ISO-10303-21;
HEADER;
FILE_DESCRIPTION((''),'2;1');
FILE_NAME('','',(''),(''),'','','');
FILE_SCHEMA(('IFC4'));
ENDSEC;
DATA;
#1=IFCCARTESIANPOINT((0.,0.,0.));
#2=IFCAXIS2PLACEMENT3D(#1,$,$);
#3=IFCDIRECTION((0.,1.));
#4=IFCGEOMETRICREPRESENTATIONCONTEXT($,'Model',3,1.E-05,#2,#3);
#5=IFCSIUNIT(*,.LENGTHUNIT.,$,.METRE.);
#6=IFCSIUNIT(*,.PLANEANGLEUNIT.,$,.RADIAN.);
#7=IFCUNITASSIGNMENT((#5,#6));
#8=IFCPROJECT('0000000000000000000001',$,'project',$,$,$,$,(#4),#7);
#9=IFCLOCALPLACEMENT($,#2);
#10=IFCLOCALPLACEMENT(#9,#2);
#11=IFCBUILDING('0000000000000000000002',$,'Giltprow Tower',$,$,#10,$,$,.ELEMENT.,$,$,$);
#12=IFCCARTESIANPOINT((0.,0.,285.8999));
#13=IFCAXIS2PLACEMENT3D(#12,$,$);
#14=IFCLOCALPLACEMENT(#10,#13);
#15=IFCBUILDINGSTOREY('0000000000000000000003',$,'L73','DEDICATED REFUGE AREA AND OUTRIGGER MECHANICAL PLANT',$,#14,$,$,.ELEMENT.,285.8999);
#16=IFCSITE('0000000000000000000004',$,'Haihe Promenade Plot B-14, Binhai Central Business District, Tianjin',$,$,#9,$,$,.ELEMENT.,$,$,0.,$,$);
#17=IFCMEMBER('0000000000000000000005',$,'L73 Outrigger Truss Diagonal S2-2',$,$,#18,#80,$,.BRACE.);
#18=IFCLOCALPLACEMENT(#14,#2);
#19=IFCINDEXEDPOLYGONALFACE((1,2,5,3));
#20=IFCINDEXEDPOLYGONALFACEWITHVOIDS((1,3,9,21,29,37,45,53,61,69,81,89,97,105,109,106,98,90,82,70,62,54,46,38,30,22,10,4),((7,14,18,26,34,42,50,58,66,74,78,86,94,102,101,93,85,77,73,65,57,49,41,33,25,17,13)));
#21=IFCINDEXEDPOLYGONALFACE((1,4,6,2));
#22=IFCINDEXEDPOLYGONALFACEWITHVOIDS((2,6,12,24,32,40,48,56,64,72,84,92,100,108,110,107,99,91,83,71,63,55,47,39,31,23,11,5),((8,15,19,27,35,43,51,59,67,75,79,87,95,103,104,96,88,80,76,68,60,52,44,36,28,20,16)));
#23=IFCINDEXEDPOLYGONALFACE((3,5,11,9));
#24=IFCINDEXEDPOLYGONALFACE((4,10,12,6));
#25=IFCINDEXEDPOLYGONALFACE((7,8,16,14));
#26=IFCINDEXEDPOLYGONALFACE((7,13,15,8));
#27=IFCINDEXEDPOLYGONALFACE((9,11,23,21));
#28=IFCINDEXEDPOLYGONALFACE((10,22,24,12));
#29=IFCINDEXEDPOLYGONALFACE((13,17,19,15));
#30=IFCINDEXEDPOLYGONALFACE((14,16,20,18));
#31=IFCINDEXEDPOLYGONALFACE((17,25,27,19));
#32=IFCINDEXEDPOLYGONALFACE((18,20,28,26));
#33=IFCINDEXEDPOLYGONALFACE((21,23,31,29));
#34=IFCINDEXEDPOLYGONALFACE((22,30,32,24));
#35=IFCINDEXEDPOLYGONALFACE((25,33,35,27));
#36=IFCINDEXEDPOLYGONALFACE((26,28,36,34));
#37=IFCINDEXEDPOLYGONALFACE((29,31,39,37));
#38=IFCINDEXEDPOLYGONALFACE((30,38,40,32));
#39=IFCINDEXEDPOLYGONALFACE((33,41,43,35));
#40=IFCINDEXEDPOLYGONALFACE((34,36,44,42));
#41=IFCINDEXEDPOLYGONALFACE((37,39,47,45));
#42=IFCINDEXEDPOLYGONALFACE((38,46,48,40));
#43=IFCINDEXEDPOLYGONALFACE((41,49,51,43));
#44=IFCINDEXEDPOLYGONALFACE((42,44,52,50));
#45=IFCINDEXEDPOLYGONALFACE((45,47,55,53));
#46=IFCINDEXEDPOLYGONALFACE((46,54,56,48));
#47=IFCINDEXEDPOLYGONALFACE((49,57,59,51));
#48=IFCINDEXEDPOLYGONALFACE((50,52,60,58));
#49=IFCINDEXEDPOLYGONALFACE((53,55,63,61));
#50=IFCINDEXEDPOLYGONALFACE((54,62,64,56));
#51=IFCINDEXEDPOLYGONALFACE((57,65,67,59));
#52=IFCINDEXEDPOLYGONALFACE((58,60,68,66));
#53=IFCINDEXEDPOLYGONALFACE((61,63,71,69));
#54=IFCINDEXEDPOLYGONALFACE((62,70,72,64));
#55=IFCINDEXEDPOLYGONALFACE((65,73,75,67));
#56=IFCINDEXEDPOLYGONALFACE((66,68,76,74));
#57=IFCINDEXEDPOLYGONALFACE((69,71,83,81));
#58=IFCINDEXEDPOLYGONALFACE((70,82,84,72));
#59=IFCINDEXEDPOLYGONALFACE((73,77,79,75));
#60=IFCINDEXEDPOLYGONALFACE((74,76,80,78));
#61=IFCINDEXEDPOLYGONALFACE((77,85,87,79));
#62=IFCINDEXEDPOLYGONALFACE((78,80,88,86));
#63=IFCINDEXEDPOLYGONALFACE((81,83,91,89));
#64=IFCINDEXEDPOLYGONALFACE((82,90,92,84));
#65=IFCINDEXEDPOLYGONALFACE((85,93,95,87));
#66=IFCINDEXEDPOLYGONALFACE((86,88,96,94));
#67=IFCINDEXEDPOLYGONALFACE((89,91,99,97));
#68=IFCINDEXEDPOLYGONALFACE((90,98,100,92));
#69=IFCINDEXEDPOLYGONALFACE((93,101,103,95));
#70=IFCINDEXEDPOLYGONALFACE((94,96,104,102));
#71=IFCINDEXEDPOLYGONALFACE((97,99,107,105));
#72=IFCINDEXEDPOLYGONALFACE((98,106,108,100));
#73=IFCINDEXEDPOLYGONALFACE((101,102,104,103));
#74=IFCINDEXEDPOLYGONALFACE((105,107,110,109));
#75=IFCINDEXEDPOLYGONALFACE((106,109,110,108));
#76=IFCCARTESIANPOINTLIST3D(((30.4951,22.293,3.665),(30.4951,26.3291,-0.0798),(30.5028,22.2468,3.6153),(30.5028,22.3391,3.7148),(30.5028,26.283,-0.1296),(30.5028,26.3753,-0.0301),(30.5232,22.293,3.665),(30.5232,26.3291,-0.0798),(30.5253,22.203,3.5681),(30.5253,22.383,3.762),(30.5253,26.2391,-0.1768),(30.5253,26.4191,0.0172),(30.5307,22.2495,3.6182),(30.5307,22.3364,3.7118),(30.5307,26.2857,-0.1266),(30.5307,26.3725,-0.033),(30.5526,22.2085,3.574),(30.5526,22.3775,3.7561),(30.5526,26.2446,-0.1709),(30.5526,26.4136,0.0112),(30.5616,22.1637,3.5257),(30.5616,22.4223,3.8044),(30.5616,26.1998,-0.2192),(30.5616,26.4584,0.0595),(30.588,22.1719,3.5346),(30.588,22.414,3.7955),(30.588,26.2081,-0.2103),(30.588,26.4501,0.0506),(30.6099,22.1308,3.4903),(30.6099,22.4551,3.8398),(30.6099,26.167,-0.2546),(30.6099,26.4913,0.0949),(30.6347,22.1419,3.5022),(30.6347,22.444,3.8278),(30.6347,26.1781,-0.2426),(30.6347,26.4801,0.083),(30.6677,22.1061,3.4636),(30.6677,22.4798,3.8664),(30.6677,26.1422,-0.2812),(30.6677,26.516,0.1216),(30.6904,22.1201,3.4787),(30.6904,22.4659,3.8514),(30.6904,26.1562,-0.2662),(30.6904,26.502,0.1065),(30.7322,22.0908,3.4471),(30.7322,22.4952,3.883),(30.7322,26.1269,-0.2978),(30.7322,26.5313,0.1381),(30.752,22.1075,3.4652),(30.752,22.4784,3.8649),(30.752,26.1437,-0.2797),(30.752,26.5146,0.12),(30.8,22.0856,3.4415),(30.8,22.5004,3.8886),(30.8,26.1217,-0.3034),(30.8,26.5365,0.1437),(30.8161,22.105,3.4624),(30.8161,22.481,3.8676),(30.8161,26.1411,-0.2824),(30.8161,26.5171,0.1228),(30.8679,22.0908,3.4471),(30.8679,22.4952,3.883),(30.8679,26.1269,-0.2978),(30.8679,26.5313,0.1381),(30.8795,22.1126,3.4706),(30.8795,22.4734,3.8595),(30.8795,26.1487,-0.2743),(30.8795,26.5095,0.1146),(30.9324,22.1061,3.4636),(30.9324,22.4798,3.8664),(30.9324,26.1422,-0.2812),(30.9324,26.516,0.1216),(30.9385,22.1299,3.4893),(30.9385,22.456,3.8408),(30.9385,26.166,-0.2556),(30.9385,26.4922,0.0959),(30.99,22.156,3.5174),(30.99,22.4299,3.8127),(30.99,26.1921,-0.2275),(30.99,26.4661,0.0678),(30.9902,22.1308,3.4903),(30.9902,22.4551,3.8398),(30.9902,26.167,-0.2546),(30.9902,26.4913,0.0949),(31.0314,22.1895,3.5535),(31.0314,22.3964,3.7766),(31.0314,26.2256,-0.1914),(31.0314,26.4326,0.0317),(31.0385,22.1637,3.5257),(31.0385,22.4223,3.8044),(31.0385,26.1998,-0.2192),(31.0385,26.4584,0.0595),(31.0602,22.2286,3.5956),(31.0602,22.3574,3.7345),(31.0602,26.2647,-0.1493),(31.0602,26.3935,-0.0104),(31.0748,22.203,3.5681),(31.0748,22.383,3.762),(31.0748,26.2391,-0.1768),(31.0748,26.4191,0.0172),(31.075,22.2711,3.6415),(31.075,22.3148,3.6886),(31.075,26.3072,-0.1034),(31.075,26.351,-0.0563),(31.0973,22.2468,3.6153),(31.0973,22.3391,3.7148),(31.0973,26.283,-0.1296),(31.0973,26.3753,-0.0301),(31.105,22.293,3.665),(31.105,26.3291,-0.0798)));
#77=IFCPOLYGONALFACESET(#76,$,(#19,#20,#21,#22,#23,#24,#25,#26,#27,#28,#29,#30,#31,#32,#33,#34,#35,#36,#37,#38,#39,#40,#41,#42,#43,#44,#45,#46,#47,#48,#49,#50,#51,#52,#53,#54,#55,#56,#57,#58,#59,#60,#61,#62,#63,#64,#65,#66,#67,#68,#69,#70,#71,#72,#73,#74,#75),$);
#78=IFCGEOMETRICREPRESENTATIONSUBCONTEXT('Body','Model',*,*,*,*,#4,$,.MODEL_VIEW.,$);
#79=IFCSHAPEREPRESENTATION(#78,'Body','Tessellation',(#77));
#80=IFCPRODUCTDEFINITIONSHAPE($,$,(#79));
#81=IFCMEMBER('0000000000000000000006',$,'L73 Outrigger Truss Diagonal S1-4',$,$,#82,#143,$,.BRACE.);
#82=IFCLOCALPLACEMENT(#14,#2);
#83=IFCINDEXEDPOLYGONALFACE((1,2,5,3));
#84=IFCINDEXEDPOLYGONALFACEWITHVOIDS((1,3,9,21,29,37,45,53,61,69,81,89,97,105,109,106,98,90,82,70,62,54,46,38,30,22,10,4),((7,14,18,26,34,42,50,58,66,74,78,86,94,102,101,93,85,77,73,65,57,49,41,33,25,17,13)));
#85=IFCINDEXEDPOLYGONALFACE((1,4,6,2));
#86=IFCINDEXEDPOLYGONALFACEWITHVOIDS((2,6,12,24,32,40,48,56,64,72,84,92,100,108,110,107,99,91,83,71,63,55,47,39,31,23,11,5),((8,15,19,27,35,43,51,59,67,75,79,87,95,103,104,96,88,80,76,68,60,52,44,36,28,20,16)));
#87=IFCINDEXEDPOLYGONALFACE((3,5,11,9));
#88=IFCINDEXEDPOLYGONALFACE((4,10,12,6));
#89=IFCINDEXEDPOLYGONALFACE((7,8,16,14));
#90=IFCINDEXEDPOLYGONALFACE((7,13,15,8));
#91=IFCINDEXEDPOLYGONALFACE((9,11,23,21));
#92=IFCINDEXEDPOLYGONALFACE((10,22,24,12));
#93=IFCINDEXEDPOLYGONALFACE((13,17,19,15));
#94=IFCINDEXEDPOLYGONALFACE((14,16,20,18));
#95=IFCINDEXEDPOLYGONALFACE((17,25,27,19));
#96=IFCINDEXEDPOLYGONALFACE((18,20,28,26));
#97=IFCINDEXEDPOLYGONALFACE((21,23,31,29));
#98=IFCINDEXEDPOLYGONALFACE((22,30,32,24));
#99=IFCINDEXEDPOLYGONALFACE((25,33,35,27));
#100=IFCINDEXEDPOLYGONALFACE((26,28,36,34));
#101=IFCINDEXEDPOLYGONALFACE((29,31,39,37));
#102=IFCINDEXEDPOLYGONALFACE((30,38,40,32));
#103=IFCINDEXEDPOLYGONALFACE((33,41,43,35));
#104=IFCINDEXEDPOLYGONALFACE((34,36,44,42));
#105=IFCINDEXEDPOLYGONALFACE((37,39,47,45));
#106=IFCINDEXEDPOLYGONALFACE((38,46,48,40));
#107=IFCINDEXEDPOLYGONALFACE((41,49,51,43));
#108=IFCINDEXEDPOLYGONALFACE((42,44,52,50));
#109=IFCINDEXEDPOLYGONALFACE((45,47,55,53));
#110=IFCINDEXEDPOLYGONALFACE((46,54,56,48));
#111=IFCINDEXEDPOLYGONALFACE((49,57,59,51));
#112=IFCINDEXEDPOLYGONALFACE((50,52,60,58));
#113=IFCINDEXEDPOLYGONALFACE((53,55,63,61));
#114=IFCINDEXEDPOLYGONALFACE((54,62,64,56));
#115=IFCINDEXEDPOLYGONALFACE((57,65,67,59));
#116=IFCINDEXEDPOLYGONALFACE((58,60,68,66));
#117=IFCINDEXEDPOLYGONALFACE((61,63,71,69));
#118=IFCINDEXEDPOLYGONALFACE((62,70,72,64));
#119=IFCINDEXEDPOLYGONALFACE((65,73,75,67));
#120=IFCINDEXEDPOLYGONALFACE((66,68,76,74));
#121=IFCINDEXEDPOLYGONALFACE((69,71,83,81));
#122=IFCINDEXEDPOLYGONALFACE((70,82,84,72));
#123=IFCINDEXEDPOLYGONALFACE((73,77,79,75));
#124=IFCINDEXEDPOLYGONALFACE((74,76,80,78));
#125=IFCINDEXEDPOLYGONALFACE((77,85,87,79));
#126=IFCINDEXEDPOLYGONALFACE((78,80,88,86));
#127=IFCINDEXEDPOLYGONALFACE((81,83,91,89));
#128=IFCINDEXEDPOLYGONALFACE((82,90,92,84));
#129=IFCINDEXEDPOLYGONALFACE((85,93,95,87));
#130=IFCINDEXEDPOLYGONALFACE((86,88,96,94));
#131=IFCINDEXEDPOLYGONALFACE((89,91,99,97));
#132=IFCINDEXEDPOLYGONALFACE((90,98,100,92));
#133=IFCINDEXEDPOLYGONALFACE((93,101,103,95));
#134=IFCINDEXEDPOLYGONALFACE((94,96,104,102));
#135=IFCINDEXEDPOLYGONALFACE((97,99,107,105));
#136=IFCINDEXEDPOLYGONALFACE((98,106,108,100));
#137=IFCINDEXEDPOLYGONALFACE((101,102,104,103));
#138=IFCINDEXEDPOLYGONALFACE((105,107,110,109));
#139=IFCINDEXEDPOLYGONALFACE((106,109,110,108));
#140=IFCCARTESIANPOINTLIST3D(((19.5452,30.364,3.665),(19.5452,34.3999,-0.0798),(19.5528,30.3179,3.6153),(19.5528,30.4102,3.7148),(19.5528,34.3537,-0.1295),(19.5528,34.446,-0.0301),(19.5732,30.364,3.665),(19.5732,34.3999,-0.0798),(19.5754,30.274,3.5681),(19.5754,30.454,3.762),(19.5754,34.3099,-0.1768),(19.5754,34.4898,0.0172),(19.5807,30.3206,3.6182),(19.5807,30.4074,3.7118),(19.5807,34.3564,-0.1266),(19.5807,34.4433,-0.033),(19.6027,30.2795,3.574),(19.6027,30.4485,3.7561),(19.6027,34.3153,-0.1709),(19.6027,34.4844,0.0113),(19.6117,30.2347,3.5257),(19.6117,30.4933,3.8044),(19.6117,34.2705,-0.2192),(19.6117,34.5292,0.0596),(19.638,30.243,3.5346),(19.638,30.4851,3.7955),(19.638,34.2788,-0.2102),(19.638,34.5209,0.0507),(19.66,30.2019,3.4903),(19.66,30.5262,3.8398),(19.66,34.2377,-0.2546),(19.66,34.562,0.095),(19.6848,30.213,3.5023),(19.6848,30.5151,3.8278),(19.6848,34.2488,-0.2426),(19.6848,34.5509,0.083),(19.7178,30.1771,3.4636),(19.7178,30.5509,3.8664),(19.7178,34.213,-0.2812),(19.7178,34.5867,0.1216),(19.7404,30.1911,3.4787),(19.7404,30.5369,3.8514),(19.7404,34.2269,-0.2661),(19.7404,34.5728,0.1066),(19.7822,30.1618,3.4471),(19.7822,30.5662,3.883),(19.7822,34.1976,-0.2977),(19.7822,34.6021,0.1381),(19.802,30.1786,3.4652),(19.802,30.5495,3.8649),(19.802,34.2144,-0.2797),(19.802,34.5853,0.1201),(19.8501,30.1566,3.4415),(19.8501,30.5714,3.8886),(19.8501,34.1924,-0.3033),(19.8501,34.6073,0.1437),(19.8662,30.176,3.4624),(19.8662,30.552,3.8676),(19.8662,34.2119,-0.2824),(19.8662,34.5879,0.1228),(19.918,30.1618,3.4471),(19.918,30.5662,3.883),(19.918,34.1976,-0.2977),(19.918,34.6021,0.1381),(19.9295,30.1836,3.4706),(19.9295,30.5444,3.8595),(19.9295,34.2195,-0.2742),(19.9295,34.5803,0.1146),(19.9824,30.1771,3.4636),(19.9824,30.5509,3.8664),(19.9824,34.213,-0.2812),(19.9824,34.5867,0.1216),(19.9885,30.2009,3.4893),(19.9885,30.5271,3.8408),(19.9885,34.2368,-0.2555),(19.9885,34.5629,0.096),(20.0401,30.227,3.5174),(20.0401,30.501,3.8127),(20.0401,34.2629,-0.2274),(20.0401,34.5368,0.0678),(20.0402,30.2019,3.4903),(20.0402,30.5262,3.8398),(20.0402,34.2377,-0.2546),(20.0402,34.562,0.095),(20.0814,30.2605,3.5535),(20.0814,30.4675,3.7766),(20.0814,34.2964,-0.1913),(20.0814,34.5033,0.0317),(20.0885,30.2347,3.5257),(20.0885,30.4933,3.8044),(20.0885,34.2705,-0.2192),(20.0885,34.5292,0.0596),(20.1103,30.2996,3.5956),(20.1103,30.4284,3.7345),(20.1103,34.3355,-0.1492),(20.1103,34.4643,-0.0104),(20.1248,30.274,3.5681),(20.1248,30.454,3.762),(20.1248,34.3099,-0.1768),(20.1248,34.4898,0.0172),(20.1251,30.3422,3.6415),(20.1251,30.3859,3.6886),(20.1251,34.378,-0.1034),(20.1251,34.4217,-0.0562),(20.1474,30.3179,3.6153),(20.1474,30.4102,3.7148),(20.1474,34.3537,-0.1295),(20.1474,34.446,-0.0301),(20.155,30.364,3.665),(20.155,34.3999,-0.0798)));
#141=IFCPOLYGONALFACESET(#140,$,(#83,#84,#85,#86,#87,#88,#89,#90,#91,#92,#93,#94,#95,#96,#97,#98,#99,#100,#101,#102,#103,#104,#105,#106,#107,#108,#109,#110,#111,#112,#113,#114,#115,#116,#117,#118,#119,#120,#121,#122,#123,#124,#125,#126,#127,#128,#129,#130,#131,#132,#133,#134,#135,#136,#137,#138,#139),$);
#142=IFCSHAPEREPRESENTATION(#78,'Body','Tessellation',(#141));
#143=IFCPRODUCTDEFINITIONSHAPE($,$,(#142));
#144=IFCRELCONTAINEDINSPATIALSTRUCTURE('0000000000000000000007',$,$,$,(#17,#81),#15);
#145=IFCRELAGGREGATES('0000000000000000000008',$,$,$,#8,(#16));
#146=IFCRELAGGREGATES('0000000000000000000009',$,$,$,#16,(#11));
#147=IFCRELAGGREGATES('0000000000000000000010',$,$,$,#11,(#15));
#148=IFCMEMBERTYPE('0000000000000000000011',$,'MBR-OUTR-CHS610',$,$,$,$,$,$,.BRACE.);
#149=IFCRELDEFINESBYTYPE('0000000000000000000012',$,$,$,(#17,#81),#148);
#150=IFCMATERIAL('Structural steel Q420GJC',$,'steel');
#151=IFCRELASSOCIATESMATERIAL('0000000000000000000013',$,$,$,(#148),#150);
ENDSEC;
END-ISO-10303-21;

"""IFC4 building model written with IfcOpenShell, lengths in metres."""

from ifc_helpers import new_model, si_unit, direction, frame, origin, origin_2d, place, context, subcontext, project, spatial, hollow_circle, extrude, source, transform, mapped, material, material_profile, profile_set, type_object, element, save


model = new_model("IFC4")

# Units and contexts
model_context = context("Model", 3, precision=1e-05, world=origin(), true_north=direction((0.0, 1.0)))
body_context = subcontext(model_context, "Body", "Model", "MODEL_VIEW")
ifc_project = project(units=[si_unit("LENGTHUNIT", "METRE"), si_unit("PLANEANGLEUNIT", "RADIAN")], contexts=[model_context])

# Site, building, storey
site_placement = place(None, origin())
site = spatial("IfcSite", under=ifc_project, at=site_placement, Name="Haihe Promenade Plot B-14, Binhai Central Business District, Tianjin", CompositionType="ELEMENT", RefElevation=0.0)
building_placement = place(site_placement, origin())
building = spatial("IfcBuilding", under=site, at=building_placement, Name="Giltprow Tower", CompositionType="ELEMENT")
storey_placement = place(building_placement, frame((0.0, 0.0, 285.8999)))
storey = spatial("IfcBuildingStorey", under=building, at=storey_placement, Name="L73", Description="DEDICATED REFUGE AREA AND OUTRIGGER MECHANICAL PLANT", CompositionType="ELEMENT", Elevation=285.8999)

# Shared definitions
ifc_material_1 = material(Name="Structural steel Q420GJC", Category="steel")

# Members
ifc_material_profile_1 = material_profile(ifc_material_1, hollow_circle(Radius=0.3049, WallThickness=0.0281, at=origin_2d()), Name="CHS 610x28")
ifc_profile_set_1 = profile_set([ifc_material_profile_1], Name="Structural steel Q420GJC")
member_type_1 = type_object("IfcMemberType", Name="MBR-OUTR-CHS610", PredefinedType="BRACE", material=ifc_profile_set_1)
shared_shape_1 = source(origin(), body_context, "Body", "SweptSolid", [
    extrude(hollow_circle(Radius=0.3049, WallThickness=0.0281, at=origin_2d()), origin(), (0.0, 0.0, 1.0), 5.5059),
])
for number, where, z_axis, x_axis, name in (
    (1, (30.8, 22.293, 3.665), (0.0, 0.733062, -0.680162), (-1.0, 0.0, 0.0), "L73 Outrigger Truss Diagonal S2-2"),
):
    element("IfcMember", number, at=place(storey_placement, frame(where, z_axis=z_axis, x_axis=x_axis)), inside=storey, type_object=member_type_1, Name=name, PredefinedType="BRACE", context=body_context, shape_type="MappedRepresentation", body=[
        mapped(shared_shape_1, transform((0.0, 0.0, 0.0), x_axis=(1.0, 0.0, 0.0), y_axis=(0.0, 1.0, 0.0), z_axis=(0.0, 0.0, 1.0), scale=1.0)),
    ])
shared_shape_2 = source(origin(), body_context, "Body", "SweptSolid", [
    extrude(hollow_circle(Radius=0.3049, WallThickness=0.0281, at=origin_2d()), origin(), (0.0, 0.0, 1.0), 5.5056),
])
for number, where, z_axis, x_axis, name in (
    (2, (19.8501, 30.364, 3.665), (0.0, 0.733041, -0.680184), (-1.0, 0.0, 0.0), "L73 Outrigger Truss Diagonal S1-4"),
):
    element("IfcMember", number, at=place(storey_placement, frame(where, z_axis=z_axis, x_axis=x_axis)), inside=storey, type_object=member_type_1, Name=name, PredefinedType="BRACE", context=body_context, shape_type="MappedRepresentation", body=[
        mapped(shared_shape_2, transform((0.0, 0.0, 0.0), x_axis=(1.0, 0.0, 0.0), y_axis=(0.0, 1.0, 0.0), z_axis=(0.0, 0.0, 1.0), scale=1.0)),
    ])

save(model, "model.ifc")
